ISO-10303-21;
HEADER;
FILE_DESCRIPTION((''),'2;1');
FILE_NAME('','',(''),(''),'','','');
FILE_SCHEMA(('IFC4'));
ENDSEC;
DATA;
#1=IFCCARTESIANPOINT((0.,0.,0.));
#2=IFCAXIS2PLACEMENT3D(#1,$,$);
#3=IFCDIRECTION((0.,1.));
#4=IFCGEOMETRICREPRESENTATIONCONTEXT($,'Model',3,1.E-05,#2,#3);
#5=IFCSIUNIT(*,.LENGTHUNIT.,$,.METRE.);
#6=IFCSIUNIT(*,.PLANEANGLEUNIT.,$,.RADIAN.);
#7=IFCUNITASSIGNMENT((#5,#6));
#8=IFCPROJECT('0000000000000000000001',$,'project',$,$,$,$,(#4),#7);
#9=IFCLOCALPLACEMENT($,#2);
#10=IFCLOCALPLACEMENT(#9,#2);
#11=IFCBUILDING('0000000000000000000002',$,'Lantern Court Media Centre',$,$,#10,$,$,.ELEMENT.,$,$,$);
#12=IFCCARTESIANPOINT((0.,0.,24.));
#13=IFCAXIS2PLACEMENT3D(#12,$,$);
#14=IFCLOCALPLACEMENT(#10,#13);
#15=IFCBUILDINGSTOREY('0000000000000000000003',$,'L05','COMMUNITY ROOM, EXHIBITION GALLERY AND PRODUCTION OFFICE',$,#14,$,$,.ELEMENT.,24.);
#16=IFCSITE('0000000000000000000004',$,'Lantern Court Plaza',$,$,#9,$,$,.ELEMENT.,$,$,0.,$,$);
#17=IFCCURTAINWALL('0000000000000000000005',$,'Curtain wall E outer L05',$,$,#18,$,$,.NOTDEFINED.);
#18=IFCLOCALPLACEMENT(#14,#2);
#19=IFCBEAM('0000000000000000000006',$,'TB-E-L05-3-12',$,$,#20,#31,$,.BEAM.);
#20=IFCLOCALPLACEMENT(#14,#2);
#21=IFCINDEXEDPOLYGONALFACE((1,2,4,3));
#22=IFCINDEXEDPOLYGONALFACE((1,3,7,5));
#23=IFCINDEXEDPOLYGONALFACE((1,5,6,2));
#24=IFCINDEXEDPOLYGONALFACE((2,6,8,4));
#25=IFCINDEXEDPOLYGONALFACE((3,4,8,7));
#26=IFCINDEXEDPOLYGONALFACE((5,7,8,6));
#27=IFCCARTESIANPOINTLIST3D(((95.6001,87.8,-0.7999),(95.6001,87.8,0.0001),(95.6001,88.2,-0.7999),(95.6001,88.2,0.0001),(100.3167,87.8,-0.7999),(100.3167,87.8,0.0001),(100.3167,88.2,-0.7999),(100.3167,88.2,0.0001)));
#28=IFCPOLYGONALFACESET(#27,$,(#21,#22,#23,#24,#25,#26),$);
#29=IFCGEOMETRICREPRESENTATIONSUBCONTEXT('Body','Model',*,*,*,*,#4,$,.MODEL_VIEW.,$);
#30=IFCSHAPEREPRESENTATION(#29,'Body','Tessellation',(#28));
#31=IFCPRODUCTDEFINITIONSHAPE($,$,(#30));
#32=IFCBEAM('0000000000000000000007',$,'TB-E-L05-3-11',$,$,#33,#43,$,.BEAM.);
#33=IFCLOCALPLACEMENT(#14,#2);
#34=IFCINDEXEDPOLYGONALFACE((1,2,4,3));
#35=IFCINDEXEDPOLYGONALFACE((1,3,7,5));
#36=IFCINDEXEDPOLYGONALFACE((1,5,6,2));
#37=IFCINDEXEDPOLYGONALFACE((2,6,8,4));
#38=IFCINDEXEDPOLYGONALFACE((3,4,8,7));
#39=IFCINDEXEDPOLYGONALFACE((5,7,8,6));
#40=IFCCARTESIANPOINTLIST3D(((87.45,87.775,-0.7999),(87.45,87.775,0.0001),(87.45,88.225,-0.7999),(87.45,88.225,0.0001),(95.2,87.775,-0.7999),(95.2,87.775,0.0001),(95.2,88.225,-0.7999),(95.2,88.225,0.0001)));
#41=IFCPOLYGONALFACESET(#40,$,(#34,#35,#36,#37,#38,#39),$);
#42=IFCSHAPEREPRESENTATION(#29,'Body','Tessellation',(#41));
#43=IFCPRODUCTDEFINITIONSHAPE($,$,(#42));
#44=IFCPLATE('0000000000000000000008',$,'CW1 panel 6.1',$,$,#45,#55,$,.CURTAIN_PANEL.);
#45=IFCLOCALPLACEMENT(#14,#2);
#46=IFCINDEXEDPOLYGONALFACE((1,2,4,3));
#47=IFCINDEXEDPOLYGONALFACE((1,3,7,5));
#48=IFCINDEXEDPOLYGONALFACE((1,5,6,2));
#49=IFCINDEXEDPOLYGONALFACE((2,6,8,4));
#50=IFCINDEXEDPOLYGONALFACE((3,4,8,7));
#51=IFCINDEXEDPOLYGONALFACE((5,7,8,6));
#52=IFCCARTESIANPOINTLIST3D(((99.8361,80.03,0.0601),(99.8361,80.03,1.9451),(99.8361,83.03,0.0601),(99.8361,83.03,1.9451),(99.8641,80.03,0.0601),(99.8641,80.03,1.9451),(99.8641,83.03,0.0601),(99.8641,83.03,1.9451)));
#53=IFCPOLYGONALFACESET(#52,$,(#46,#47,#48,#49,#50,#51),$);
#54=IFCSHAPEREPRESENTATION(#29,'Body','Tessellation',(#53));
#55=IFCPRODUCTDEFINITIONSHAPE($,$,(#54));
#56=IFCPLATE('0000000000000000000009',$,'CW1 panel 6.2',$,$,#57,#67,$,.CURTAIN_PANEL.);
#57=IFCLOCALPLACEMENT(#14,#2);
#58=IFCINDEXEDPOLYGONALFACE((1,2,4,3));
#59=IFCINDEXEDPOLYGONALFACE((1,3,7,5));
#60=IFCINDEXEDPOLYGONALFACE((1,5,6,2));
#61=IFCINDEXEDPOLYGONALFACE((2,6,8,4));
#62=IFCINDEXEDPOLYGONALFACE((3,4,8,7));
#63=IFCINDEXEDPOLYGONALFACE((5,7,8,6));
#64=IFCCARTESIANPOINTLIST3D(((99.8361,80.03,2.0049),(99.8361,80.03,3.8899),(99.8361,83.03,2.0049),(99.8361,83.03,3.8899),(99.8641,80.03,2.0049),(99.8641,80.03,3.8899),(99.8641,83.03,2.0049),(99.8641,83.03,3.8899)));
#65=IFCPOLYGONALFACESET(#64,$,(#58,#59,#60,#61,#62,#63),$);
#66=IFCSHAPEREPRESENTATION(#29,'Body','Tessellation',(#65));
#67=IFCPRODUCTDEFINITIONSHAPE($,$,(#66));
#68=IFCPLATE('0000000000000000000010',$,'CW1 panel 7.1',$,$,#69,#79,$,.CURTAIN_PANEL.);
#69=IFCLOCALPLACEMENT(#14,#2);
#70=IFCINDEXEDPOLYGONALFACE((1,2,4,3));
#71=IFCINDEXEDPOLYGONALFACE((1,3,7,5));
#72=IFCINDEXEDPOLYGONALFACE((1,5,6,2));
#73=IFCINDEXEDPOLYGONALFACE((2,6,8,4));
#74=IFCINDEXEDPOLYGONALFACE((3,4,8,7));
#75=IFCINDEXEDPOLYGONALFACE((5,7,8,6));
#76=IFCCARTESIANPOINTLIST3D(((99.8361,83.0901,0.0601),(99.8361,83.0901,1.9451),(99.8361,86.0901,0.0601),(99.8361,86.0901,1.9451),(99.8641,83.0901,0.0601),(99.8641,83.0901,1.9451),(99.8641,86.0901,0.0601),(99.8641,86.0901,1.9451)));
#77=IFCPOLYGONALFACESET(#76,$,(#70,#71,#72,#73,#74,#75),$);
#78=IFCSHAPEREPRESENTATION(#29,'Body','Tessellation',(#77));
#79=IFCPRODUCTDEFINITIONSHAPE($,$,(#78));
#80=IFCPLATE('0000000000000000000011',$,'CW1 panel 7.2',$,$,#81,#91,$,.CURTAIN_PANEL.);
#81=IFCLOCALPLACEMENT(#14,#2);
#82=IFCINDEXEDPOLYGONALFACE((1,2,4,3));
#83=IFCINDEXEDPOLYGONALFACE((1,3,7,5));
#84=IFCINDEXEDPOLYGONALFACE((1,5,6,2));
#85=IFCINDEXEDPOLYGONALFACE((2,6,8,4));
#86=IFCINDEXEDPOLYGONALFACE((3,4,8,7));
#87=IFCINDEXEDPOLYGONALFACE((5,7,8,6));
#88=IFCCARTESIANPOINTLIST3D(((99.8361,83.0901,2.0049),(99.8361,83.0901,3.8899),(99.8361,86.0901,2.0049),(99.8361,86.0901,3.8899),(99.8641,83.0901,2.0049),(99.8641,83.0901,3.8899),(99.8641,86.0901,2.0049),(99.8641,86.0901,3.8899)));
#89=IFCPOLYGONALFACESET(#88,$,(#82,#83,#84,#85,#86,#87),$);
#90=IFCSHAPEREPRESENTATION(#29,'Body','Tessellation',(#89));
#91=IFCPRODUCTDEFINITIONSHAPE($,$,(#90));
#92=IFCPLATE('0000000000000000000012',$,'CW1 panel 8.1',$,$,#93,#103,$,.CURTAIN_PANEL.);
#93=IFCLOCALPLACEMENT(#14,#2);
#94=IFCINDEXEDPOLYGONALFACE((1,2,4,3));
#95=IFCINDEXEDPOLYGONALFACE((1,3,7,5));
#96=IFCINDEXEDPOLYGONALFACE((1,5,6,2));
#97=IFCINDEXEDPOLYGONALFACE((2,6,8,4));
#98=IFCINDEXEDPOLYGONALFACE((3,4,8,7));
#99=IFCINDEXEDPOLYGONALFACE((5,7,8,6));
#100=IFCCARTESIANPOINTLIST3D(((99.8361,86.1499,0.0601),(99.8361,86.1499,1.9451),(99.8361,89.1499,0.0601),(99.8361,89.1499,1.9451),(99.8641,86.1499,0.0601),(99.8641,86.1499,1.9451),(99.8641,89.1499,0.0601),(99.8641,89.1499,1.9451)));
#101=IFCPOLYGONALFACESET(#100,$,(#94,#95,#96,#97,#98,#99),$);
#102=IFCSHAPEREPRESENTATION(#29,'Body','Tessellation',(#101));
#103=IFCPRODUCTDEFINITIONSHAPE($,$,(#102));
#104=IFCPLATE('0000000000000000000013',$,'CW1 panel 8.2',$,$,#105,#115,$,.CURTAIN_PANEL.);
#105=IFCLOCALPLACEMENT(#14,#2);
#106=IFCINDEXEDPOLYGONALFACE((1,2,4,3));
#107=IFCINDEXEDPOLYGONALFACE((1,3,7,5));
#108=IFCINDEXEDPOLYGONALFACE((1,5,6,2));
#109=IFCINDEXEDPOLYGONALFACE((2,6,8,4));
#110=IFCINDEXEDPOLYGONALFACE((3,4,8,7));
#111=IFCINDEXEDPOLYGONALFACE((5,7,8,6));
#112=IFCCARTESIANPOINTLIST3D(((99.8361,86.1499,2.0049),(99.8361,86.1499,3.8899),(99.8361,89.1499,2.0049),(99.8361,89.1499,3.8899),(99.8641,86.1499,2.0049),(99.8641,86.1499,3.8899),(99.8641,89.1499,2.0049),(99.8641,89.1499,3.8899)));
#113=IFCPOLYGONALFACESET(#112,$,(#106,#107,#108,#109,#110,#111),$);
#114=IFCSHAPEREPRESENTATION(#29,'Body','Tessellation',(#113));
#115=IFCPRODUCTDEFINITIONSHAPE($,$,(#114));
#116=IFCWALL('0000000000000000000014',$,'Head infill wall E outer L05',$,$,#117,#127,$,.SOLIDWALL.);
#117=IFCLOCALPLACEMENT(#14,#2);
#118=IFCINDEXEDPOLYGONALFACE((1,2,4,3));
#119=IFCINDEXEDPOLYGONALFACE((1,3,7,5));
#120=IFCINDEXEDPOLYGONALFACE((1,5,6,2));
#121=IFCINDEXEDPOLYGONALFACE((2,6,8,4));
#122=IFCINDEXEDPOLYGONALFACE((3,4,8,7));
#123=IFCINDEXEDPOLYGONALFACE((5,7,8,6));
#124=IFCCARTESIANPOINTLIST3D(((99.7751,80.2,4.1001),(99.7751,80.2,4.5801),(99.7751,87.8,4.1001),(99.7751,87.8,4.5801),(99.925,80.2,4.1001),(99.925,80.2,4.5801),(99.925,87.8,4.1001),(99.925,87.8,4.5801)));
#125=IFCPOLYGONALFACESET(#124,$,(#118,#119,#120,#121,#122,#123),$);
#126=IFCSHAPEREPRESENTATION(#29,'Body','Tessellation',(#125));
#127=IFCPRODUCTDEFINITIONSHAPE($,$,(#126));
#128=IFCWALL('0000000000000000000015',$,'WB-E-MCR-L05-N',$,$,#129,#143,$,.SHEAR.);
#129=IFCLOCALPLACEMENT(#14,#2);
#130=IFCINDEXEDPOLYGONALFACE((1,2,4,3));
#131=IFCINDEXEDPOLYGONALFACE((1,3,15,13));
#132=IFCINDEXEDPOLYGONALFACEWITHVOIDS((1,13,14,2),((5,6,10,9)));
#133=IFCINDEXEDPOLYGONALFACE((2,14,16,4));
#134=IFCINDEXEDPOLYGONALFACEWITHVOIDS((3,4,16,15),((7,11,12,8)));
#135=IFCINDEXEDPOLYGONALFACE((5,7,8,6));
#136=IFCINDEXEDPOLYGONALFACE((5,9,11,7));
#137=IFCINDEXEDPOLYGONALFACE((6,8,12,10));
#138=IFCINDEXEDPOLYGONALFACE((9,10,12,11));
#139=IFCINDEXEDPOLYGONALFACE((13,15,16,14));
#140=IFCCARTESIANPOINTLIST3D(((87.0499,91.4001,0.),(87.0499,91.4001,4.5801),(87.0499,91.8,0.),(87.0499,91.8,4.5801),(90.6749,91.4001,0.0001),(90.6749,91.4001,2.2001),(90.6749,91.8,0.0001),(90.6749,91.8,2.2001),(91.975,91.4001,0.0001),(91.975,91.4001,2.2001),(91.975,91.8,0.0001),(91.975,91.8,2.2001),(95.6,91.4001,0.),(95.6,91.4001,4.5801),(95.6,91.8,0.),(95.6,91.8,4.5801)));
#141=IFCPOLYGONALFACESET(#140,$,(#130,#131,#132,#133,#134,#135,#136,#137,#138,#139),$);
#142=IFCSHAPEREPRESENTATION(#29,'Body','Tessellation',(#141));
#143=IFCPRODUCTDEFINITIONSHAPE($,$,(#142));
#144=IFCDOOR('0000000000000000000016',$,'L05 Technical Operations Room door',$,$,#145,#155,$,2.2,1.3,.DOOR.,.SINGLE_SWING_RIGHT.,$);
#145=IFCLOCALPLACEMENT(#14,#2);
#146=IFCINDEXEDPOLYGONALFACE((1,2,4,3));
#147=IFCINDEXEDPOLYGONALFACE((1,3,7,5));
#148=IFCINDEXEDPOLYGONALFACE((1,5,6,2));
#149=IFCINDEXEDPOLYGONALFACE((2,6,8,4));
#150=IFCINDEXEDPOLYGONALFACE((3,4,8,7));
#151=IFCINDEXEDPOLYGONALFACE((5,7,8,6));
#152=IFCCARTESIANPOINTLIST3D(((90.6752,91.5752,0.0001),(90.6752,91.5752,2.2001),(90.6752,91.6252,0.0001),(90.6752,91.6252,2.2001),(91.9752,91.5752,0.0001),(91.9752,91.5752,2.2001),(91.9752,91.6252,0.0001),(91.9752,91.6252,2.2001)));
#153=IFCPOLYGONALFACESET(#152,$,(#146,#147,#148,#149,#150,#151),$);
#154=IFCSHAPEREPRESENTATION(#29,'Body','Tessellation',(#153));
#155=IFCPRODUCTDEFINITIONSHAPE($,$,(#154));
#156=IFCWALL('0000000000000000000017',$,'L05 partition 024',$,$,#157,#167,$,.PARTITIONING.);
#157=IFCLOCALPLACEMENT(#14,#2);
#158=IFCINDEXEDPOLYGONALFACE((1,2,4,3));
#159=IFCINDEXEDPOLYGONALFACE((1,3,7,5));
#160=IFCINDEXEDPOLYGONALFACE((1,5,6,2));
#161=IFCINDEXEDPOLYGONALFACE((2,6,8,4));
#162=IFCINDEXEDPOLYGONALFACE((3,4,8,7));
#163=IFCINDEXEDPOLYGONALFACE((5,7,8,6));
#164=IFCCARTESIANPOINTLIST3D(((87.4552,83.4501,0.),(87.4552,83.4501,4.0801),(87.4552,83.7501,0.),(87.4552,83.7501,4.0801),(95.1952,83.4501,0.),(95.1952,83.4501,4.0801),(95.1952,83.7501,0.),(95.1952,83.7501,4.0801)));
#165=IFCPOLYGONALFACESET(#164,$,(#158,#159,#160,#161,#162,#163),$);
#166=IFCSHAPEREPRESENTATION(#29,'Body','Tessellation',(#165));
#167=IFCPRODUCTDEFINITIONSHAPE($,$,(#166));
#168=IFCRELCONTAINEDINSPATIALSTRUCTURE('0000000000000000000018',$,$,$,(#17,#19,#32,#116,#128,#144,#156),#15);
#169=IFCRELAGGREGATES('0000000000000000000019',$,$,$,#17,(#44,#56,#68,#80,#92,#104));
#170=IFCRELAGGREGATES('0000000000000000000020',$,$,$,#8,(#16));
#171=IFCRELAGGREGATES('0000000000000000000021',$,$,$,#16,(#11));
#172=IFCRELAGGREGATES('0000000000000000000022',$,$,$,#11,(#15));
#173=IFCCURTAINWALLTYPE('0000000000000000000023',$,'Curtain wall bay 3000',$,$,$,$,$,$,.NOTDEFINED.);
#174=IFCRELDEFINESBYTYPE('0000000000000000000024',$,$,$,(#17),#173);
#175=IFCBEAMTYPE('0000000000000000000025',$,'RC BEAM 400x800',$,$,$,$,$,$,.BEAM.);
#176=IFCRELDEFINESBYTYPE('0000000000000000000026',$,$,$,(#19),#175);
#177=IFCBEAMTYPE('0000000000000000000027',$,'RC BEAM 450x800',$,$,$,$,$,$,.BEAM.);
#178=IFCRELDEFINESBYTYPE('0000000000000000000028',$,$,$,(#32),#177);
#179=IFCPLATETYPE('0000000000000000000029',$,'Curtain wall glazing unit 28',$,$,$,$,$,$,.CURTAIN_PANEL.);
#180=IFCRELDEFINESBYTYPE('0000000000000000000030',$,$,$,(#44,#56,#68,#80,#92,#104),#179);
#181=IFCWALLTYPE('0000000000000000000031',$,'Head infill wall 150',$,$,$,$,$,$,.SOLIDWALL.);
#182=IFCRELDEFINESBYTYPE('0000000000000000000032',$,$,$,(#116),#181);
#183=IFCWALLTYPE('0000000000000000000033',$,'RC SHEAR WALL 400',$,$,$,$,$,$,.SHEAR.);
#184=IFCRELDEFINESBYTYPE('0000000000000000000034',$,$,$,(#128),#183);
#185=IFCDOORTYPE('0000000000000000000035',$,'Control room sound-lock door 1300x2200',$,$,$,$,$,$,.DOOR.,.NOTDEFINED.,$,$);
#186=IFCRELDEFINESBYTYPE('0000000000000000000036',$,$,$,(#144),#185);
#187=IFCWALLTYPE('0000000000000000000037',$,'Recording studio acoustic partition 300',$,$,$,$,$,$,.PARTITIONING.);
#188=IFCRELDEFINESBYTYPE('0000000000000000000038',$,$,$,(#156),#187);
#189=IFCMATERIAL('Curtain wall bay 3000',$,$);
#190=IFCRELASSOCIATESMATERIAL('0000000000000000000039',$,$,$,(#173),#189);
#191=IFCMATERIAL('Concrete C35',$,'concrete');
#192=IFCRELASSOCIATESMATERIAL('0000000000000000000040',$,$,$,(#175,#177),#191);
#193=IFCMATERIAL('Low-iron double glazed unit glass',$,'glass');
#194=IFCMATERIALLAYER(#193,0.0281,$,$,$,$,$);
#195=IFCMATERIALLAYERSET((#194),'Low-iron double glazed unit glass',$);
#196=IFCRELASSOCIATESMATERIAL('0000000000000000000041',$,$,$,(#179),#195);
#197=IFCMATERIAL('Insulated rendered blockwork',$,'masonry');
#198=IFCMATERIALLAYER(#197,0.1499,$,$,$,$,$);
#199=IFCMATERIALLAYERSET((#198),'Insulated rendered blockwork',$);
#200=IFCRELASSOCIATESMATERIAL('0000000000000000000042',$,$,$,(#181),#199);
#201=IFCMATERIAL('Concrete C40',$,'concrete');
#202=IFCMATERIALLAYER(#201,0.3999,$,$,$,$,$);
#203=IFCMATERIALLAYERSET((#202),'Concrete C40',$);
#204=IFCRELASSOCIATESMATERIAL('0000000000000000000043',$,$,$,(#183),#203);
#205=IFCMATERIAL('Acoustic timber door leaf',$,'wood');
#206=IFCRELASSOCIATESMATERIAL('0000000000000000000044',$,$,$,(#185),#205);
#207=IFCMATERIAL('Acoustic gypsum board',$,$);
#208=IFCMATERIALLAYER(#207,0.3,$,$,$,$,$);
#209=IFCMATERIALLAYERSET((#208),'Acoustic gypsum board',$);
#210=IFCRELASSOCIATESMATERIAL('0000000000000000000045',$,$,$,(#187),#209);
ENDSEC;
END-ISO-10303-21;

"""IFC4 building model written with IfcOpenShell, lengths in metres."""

from ifc_helpers import new_model, si_unit, direction, frame, frame_2d, origin, origin_2d, place, context, subcontext, project, spatial, rectangle, extrude, material, layer, layer_set, material_profile, profile_set, type_object, element, fill, aggregate, save


model = new_model("IFC4")

# Units and contexts
model_context = context("Model", 3, precision=1e-05, world=origin(), true_north=direction((0.0, 1.0)))
body_context = subcontext(model_context, "Body", "Model", "MODEL_VIEW")
ifc_project = project(units=[si_unit("LENGTHUNIT", "METRE"), si_unit("PLANEANGLEUNIT", "RADIAN")], contexts=[model_context])

# Site, building, storey
site_placement = place(None, origin())
site = spatial("IfcSite", under=ifc_project, at=site_placement, Name="Lantern Court Plaza", CompositionType="ELEMENT", RefElevation=0.0)
building_placement = place(site_placement, origin())
building = spatial("IfcBuilding", under=site, at=building_placement, Name="Lantern Court Media Centre", CompositionType="ELEMENT")
storey_placement = place(building_placement, frame((0.0, 0.0, 24.0)))
storey = spatial("IfcBuildingStorey", under=building, at=storey_placement, Name="L05", Description="COMMUNITY ROOM, EXHIBITION GALLERY AND PRODUCTION OFFICE", CompositionType="ELEMENT", Elevation=24.0)

# Shared definitions
ifc_material_1 = material(Name="Concrete C35", Category="concrete")

# Curtain wall
ifc_material_2 = material(Name="Curtain wall bay 3000")
curtain_wall_type_1 = type_object("IfcCurtainWallType", Name="Curtain wall bay 3000", PredefinedType="NOTDEFINED", material=ifc_material_2)
curtain_wall_1_placement = place(storey_placement, origin())
curtain_wall_1 = element("IfcCurtainWall", 1, at=curtain_wall_1_placement, inside=storey, type_object=curtain_wall_type_1, Name="Curtain wall E outer L05", PredefinedType="NOTDEFINED")

# Beams
ifc_material_profile_1 = material_profile(ifc_material_1, rectangle(XDim=0.3999, YDim=0.8, at=origin_2d()), Name="RC 400x800")
ifc_profile_set_1 = profile_set([ifc_material_profile_1], Name="Concrete C35")
beam_type_1 = type_object("IfcBeamType", Name="RC BEAM 400x800", PredefinedType="BEAM", material=ifc_profile_set_1)
beam_1_placement = place(storey_placement, frame((95.6001, 88.0, -0.3999), z_axis=(1.0, 0.0, 0.0), x_axis=(0.0, 1.0, 0.0)))
element("IfcBeam", 2, at=beam_1_placement, inside=storey, type_object=beam_type_1, Name="TB-E-L05-3-12", PredefinedType="BEAM", context=body_context, shape_type="SweptSolid", body=[
    extrude(rectangle(XDim=0.3999, YDim=0.8, at=origin_2d()), origin(), (0.0, 0.0, 1.0), 4.7166),
])
ifc_material_profile_2 = material_profile(ifc_material_1, rectangle(XDim=0.45, YDim=0.8, at=origin_2d()), Name="RC 450x800")
ifc_profile_set_2 = profile_set([ifc_material_profile_2], Name="Concrete C35")
beam_type_2 = type_object("IfcBeamType", Name="RC BEAM 450x800", PredefinedType="BEAM", material=ifc_profile_set_2)
beam_2_placement = place(storey_placement, frame((87.45, 88.0, -0.3999), z_axis=(1.0, 0.0, 0.0), x_axis=(0.0, 1.0, 0.0)))
element("IfcBeam", 3, at=beam_2_placement, inside=storey, type_object=beam_type_2, Name="TB-E-L05-3-11", PredefinedType="BEAM", context=body_context, shape_type="SweptSolid", body=[
    extrude(rectangle(XDim=0.45, YDim=0.8, at=origin_2d()), origin(), (0.0, 0.0, 1.0), 7.75),
])

# Plates
ifc_material_3 = material(Name="Low-iron double glazed unit glass", Category="glass")
ifc_layer_1 = layer(ifc_material_3, 0.0281)
ifc_layer_set_1 = layer_set([ifc_layer_1], Name="Low-iron double glazed unit glass")
plate_type = type_object("IfcPlateType", Name="Curtain wall glazing unit 28", PredefinedType="CURTAIN_PANEL", material=ifc_layer_set_1)
plate_1_placement = place(storey_placement, frame((99.8501, 81.53, 0.0601), z_axis=(0.0, 0.0, 1.0), x_axis=(0.0, 1.0, 0.0)))
plate_1 = element("IfcPlate", 4, at=plate_1_placement, type_object=plate_type, Name="CW1 panel 6.1", PredefinedType="CURTAIN_PANEL", context=body_context, shape_type="SweptSolid", body=[
    extrude(rectangle(XDim=3.0, YDim=0.0281, at=origin_2d()), origin(), (0.0, 0.0, 1.0), 1.885),
])
plate_2_placement = place(storey_placement, frame((99.8501, 81.53, 2.0049), z_axis=(0.0, 0.0, 1.0), x_axis=(0.0, 1.0, 0.0)))
plate_2 = element("IfcPlate", 5, at=plate_2_placement, type_object=plate_type, Name="CW1 panel 6.2", PredefinedType="CURTAIN_PANEL", context=body_context, shape_type="SweptSolid", body=[
    extrude(rectangle(XDim=3.0, YDim=0.0281, at=origin_2d()), origin(), (0.0, 0.0, 1.0), 1.885),
])
plate_3_placement = place(storey_placement, frame((99.8501, 84.5901, 0.0601), z_axis=(0.0, 0.0, 1.0), x_axis=(0.0, 1.0, 0.0)))
plate_3 = element("IfcPlate", 6, at=plate_3_placement, type_object=plate_type, Name="CW1 panel 7.1", PredefinedType="CURTAIN_PANEL", context=body_context, shape_type="SweptSolid", body=[
    extrude(rectangle(XDim=3.0, YDim=0.0281, at=origin_2d()), origin(), (0.0, 0.0, 1.0), 1.885),
])
plate_4_placement = place(storey_placement, frame((99.8501, 84.5901, 2.0049), z_axis=(0.0, 0.0, 1.0), x_axis=(0.0, 1.0, 0.0)))
plate_4 = element("IfcPlate", 7, at=plate_4_placement, type_object=plate_type, Name="CW1 panel 7.2", PredefinedType="CURTAIN_PANEL", context=body_context, shape_type="SweptSolid", body=[
    extrude(rectangle(XDim=3.0, YDim=0.0281, at=origin_2d()), origin(), (0.0, 0.0, 1.0), 1.885),
])
plate_5_placement = place(storey_placement, frame((99.8501, 87.6499, 0.0601), z_axis=(0.0, 0.0, 1.0), x_axis=(0.0, 1.0, 0.0)))
plate_5 = element("IfcPlate", 8, at=plate_5_placement, type_object=plate_type, Name="CW1 panel 8.1", PredefinedType="CURTAIN_PANEL", context=body_context, shape_type="SweptSolid", body=[
    extrude(rectangle(XDim=3.0, YDim=0.0281, at=origin_2d()), origin(), (0.0, 0.0, 1.0), 1.885),
])
plate_6_placement = place(storey_placement, frame((99.8501, 87.6499, 2.0049), z_axis=(0.0, 0.0, 1.0), x_axis=(0.0, 1.0, 0.0)))
plate_6 = element("IfcPlate", 9, at=plate_6_placement, type_object=plate_type, Name="CW1 panel 8.2", PredefinedType="CURTAIN_PANEL", context=body_context, shape_type="SweptSolid", body=[
    extrude(rectangle(XDim=3.0, YDim=0.0281, at=origin_2d()), origin(), (0.0, 0.0, 1.0), 1.885),
])
aggregate(curtain_wall_1, [plate_1, plate_2, plate_3, plate_4, plate_5, plate_6])

# Wall
ifc_material_4 = material(Name="Insulated rendered blockwork", Category="masonry")
ifc_layer_2 = layer(ifc_material_4, 0.1499)
ifc_layer_set_2 = layer_set([ifc_layer_2], Name="Insulated rendered blockwork")
wall_type_1 = type_object("IfcWallType", Name="Head infill wall 150", PredefinedType="SOLIDWALL", material=ifc_layer_set_2)
wall_1_placement = place(storey_placement, frame((99.8501, 80.2, 4.1001), z_axis=(0.0, 0.0, 1.0), x_axis=(0.0, 1.0, 0.0)))
element("IfcWall", 10, at=wall_1_placement, inside=storey, type_object=wall_type_1, Name="Head infill wall E outer L05", PredefinedType="SOLIDWALL", context=body_context, shape_type="SweptSolid", body=[
    extrude(rectangle(XDim=7.6001, YDim=0.1499, at=frame_2d((3.8, 0.0))), origin(), (0.0, 0.0, 1.0), 0.48),
])

# Wall, opening, door
ifc_material_5 = material(Name="Concrete C40", Category="concrete")
ifc_layer_3 = layer(ifc_material_5, 0.3999)
ifc_layer_set_3 = layer_set([ifc_layer_3], Name="Concrete C40")
wall_type_2 = type_object("IfcWallType", Name="RC SHEAR WALL 400", PredefinedType="SHEAR", material=ifc_layer_set_3)
wall_2_placement = place(storey_placement, frame((87.05, 91.6001, 0.0), z_axis=(0.0, 0.0, 1.0), x_axis=(1.0, 0.0, 0.0)))
wall_2 = element("IfcWall", 11, at=wall_2_placement, inside=storey, type_object=wall_type_2, Name="WB-E-MCR-L05-N", PredefinedType="SHEAR", context=body_context, shape_type="SweptSolid", body=[
    extrude(rectangle(XDim=8.55, YDim=0.3999, at=frame_2d((4.2749, 0.0))), origin(), (0.0, 0.0, 1.0), 4.5801),
])
opening_1_placement = place(wall_2_placement, frame((3.625, 0.0, 0.0)))
opening_1 = element("IfcOpeningElement", 12, at=opening_1_placement, cuts=wall_2, PredefinedType="OPENING", context=body_context, shape_type="SweptSolid", body=[
    extrude(rectangle(XDim=1.3, YDim=2.2, at=frame_2d((0.6499, 1.1001))), frame((0.0, 0.21, 0.0), z_axis=(0.0, -1.0, 0.0), x_axis=(1.0, 0.0, 0.0)), (0.0, 0.0, 1.0), 0.4199),
])
ifc_material_6 = material(Name="Acoustic timber door leaf", Category="wood")
door_type_1 = type_object("IfcDoorType", Name="Control room sound-lock door 1300x2200", OperationType="NOTDEFINED", PredefinedType="DOOR", material=ifc_material_6)
door_1_placement = place(opening_1_placement, frame((1.3, 0.0, 0.0), z_axis=(0.0, 0.0, 1.0), x_axis=(-1.0, 0.0, 0.0)))
door_1 = element("IfcDoor", 13, at=door_1_placement, inside=storey, type_object=door_type_1, Name="L05 Technical Operations Room door", OperationType="SINGLE_SWING_RIGHT", OverallHeight=2.2, OverallWidth=1.3, PredefinedType="DOOR", context=body_context, shape_type="SweptSolid", body=[
    extrude(rectangle(XDim=1.3, YDim=2.2, at=frame_2d((0.6499, 1.1001))), frame((0.0, 0.0249, 0.0), z_axis=(0.0, -1.0, 0.0), x_axis=(1.0, 0.0, 0.0)), (0.0, 0.0, 1.0), 0.05),
])
fill(opening_1, door_1)

# Wall
ifc_material_7 = material(Name="Acoustic gypsum board")
ifc_layer_4 = layer(ifc_material_7, 0.3)
ifc_layer_set_4 = layer_set([ifc_layer_4], Name="Acoustic gypsum board")
wall_type_3 = type_object("IfcWallType", Name="Recording studio acoustic partition 300", PredefinedType="PARTITIONING", material=ifc_layer_set_4)
wall_3_placement = place(storey_placement, frame((87.4551, 83.6001, 0.0), z_axis=(0.0, 0.0, 1.0), x_axis=(1.0, 0.0, 0.0)))
element("IfcWall", 14, at=wall_3_placement, inside=storey, type_object=wall_type_3, Name="L05 partition 024", PredefinedType="PARTITIONING", context=body_context, shape_type="SweptSolid", body=[
    extrude(rectangle(XDim=7.74, YDim=0.3, at=frame_2d((3.8701, 0.0))), origin(), (0.0, 0.0, 1.0), 4.0801),
])

save(model, "model.ifc")
